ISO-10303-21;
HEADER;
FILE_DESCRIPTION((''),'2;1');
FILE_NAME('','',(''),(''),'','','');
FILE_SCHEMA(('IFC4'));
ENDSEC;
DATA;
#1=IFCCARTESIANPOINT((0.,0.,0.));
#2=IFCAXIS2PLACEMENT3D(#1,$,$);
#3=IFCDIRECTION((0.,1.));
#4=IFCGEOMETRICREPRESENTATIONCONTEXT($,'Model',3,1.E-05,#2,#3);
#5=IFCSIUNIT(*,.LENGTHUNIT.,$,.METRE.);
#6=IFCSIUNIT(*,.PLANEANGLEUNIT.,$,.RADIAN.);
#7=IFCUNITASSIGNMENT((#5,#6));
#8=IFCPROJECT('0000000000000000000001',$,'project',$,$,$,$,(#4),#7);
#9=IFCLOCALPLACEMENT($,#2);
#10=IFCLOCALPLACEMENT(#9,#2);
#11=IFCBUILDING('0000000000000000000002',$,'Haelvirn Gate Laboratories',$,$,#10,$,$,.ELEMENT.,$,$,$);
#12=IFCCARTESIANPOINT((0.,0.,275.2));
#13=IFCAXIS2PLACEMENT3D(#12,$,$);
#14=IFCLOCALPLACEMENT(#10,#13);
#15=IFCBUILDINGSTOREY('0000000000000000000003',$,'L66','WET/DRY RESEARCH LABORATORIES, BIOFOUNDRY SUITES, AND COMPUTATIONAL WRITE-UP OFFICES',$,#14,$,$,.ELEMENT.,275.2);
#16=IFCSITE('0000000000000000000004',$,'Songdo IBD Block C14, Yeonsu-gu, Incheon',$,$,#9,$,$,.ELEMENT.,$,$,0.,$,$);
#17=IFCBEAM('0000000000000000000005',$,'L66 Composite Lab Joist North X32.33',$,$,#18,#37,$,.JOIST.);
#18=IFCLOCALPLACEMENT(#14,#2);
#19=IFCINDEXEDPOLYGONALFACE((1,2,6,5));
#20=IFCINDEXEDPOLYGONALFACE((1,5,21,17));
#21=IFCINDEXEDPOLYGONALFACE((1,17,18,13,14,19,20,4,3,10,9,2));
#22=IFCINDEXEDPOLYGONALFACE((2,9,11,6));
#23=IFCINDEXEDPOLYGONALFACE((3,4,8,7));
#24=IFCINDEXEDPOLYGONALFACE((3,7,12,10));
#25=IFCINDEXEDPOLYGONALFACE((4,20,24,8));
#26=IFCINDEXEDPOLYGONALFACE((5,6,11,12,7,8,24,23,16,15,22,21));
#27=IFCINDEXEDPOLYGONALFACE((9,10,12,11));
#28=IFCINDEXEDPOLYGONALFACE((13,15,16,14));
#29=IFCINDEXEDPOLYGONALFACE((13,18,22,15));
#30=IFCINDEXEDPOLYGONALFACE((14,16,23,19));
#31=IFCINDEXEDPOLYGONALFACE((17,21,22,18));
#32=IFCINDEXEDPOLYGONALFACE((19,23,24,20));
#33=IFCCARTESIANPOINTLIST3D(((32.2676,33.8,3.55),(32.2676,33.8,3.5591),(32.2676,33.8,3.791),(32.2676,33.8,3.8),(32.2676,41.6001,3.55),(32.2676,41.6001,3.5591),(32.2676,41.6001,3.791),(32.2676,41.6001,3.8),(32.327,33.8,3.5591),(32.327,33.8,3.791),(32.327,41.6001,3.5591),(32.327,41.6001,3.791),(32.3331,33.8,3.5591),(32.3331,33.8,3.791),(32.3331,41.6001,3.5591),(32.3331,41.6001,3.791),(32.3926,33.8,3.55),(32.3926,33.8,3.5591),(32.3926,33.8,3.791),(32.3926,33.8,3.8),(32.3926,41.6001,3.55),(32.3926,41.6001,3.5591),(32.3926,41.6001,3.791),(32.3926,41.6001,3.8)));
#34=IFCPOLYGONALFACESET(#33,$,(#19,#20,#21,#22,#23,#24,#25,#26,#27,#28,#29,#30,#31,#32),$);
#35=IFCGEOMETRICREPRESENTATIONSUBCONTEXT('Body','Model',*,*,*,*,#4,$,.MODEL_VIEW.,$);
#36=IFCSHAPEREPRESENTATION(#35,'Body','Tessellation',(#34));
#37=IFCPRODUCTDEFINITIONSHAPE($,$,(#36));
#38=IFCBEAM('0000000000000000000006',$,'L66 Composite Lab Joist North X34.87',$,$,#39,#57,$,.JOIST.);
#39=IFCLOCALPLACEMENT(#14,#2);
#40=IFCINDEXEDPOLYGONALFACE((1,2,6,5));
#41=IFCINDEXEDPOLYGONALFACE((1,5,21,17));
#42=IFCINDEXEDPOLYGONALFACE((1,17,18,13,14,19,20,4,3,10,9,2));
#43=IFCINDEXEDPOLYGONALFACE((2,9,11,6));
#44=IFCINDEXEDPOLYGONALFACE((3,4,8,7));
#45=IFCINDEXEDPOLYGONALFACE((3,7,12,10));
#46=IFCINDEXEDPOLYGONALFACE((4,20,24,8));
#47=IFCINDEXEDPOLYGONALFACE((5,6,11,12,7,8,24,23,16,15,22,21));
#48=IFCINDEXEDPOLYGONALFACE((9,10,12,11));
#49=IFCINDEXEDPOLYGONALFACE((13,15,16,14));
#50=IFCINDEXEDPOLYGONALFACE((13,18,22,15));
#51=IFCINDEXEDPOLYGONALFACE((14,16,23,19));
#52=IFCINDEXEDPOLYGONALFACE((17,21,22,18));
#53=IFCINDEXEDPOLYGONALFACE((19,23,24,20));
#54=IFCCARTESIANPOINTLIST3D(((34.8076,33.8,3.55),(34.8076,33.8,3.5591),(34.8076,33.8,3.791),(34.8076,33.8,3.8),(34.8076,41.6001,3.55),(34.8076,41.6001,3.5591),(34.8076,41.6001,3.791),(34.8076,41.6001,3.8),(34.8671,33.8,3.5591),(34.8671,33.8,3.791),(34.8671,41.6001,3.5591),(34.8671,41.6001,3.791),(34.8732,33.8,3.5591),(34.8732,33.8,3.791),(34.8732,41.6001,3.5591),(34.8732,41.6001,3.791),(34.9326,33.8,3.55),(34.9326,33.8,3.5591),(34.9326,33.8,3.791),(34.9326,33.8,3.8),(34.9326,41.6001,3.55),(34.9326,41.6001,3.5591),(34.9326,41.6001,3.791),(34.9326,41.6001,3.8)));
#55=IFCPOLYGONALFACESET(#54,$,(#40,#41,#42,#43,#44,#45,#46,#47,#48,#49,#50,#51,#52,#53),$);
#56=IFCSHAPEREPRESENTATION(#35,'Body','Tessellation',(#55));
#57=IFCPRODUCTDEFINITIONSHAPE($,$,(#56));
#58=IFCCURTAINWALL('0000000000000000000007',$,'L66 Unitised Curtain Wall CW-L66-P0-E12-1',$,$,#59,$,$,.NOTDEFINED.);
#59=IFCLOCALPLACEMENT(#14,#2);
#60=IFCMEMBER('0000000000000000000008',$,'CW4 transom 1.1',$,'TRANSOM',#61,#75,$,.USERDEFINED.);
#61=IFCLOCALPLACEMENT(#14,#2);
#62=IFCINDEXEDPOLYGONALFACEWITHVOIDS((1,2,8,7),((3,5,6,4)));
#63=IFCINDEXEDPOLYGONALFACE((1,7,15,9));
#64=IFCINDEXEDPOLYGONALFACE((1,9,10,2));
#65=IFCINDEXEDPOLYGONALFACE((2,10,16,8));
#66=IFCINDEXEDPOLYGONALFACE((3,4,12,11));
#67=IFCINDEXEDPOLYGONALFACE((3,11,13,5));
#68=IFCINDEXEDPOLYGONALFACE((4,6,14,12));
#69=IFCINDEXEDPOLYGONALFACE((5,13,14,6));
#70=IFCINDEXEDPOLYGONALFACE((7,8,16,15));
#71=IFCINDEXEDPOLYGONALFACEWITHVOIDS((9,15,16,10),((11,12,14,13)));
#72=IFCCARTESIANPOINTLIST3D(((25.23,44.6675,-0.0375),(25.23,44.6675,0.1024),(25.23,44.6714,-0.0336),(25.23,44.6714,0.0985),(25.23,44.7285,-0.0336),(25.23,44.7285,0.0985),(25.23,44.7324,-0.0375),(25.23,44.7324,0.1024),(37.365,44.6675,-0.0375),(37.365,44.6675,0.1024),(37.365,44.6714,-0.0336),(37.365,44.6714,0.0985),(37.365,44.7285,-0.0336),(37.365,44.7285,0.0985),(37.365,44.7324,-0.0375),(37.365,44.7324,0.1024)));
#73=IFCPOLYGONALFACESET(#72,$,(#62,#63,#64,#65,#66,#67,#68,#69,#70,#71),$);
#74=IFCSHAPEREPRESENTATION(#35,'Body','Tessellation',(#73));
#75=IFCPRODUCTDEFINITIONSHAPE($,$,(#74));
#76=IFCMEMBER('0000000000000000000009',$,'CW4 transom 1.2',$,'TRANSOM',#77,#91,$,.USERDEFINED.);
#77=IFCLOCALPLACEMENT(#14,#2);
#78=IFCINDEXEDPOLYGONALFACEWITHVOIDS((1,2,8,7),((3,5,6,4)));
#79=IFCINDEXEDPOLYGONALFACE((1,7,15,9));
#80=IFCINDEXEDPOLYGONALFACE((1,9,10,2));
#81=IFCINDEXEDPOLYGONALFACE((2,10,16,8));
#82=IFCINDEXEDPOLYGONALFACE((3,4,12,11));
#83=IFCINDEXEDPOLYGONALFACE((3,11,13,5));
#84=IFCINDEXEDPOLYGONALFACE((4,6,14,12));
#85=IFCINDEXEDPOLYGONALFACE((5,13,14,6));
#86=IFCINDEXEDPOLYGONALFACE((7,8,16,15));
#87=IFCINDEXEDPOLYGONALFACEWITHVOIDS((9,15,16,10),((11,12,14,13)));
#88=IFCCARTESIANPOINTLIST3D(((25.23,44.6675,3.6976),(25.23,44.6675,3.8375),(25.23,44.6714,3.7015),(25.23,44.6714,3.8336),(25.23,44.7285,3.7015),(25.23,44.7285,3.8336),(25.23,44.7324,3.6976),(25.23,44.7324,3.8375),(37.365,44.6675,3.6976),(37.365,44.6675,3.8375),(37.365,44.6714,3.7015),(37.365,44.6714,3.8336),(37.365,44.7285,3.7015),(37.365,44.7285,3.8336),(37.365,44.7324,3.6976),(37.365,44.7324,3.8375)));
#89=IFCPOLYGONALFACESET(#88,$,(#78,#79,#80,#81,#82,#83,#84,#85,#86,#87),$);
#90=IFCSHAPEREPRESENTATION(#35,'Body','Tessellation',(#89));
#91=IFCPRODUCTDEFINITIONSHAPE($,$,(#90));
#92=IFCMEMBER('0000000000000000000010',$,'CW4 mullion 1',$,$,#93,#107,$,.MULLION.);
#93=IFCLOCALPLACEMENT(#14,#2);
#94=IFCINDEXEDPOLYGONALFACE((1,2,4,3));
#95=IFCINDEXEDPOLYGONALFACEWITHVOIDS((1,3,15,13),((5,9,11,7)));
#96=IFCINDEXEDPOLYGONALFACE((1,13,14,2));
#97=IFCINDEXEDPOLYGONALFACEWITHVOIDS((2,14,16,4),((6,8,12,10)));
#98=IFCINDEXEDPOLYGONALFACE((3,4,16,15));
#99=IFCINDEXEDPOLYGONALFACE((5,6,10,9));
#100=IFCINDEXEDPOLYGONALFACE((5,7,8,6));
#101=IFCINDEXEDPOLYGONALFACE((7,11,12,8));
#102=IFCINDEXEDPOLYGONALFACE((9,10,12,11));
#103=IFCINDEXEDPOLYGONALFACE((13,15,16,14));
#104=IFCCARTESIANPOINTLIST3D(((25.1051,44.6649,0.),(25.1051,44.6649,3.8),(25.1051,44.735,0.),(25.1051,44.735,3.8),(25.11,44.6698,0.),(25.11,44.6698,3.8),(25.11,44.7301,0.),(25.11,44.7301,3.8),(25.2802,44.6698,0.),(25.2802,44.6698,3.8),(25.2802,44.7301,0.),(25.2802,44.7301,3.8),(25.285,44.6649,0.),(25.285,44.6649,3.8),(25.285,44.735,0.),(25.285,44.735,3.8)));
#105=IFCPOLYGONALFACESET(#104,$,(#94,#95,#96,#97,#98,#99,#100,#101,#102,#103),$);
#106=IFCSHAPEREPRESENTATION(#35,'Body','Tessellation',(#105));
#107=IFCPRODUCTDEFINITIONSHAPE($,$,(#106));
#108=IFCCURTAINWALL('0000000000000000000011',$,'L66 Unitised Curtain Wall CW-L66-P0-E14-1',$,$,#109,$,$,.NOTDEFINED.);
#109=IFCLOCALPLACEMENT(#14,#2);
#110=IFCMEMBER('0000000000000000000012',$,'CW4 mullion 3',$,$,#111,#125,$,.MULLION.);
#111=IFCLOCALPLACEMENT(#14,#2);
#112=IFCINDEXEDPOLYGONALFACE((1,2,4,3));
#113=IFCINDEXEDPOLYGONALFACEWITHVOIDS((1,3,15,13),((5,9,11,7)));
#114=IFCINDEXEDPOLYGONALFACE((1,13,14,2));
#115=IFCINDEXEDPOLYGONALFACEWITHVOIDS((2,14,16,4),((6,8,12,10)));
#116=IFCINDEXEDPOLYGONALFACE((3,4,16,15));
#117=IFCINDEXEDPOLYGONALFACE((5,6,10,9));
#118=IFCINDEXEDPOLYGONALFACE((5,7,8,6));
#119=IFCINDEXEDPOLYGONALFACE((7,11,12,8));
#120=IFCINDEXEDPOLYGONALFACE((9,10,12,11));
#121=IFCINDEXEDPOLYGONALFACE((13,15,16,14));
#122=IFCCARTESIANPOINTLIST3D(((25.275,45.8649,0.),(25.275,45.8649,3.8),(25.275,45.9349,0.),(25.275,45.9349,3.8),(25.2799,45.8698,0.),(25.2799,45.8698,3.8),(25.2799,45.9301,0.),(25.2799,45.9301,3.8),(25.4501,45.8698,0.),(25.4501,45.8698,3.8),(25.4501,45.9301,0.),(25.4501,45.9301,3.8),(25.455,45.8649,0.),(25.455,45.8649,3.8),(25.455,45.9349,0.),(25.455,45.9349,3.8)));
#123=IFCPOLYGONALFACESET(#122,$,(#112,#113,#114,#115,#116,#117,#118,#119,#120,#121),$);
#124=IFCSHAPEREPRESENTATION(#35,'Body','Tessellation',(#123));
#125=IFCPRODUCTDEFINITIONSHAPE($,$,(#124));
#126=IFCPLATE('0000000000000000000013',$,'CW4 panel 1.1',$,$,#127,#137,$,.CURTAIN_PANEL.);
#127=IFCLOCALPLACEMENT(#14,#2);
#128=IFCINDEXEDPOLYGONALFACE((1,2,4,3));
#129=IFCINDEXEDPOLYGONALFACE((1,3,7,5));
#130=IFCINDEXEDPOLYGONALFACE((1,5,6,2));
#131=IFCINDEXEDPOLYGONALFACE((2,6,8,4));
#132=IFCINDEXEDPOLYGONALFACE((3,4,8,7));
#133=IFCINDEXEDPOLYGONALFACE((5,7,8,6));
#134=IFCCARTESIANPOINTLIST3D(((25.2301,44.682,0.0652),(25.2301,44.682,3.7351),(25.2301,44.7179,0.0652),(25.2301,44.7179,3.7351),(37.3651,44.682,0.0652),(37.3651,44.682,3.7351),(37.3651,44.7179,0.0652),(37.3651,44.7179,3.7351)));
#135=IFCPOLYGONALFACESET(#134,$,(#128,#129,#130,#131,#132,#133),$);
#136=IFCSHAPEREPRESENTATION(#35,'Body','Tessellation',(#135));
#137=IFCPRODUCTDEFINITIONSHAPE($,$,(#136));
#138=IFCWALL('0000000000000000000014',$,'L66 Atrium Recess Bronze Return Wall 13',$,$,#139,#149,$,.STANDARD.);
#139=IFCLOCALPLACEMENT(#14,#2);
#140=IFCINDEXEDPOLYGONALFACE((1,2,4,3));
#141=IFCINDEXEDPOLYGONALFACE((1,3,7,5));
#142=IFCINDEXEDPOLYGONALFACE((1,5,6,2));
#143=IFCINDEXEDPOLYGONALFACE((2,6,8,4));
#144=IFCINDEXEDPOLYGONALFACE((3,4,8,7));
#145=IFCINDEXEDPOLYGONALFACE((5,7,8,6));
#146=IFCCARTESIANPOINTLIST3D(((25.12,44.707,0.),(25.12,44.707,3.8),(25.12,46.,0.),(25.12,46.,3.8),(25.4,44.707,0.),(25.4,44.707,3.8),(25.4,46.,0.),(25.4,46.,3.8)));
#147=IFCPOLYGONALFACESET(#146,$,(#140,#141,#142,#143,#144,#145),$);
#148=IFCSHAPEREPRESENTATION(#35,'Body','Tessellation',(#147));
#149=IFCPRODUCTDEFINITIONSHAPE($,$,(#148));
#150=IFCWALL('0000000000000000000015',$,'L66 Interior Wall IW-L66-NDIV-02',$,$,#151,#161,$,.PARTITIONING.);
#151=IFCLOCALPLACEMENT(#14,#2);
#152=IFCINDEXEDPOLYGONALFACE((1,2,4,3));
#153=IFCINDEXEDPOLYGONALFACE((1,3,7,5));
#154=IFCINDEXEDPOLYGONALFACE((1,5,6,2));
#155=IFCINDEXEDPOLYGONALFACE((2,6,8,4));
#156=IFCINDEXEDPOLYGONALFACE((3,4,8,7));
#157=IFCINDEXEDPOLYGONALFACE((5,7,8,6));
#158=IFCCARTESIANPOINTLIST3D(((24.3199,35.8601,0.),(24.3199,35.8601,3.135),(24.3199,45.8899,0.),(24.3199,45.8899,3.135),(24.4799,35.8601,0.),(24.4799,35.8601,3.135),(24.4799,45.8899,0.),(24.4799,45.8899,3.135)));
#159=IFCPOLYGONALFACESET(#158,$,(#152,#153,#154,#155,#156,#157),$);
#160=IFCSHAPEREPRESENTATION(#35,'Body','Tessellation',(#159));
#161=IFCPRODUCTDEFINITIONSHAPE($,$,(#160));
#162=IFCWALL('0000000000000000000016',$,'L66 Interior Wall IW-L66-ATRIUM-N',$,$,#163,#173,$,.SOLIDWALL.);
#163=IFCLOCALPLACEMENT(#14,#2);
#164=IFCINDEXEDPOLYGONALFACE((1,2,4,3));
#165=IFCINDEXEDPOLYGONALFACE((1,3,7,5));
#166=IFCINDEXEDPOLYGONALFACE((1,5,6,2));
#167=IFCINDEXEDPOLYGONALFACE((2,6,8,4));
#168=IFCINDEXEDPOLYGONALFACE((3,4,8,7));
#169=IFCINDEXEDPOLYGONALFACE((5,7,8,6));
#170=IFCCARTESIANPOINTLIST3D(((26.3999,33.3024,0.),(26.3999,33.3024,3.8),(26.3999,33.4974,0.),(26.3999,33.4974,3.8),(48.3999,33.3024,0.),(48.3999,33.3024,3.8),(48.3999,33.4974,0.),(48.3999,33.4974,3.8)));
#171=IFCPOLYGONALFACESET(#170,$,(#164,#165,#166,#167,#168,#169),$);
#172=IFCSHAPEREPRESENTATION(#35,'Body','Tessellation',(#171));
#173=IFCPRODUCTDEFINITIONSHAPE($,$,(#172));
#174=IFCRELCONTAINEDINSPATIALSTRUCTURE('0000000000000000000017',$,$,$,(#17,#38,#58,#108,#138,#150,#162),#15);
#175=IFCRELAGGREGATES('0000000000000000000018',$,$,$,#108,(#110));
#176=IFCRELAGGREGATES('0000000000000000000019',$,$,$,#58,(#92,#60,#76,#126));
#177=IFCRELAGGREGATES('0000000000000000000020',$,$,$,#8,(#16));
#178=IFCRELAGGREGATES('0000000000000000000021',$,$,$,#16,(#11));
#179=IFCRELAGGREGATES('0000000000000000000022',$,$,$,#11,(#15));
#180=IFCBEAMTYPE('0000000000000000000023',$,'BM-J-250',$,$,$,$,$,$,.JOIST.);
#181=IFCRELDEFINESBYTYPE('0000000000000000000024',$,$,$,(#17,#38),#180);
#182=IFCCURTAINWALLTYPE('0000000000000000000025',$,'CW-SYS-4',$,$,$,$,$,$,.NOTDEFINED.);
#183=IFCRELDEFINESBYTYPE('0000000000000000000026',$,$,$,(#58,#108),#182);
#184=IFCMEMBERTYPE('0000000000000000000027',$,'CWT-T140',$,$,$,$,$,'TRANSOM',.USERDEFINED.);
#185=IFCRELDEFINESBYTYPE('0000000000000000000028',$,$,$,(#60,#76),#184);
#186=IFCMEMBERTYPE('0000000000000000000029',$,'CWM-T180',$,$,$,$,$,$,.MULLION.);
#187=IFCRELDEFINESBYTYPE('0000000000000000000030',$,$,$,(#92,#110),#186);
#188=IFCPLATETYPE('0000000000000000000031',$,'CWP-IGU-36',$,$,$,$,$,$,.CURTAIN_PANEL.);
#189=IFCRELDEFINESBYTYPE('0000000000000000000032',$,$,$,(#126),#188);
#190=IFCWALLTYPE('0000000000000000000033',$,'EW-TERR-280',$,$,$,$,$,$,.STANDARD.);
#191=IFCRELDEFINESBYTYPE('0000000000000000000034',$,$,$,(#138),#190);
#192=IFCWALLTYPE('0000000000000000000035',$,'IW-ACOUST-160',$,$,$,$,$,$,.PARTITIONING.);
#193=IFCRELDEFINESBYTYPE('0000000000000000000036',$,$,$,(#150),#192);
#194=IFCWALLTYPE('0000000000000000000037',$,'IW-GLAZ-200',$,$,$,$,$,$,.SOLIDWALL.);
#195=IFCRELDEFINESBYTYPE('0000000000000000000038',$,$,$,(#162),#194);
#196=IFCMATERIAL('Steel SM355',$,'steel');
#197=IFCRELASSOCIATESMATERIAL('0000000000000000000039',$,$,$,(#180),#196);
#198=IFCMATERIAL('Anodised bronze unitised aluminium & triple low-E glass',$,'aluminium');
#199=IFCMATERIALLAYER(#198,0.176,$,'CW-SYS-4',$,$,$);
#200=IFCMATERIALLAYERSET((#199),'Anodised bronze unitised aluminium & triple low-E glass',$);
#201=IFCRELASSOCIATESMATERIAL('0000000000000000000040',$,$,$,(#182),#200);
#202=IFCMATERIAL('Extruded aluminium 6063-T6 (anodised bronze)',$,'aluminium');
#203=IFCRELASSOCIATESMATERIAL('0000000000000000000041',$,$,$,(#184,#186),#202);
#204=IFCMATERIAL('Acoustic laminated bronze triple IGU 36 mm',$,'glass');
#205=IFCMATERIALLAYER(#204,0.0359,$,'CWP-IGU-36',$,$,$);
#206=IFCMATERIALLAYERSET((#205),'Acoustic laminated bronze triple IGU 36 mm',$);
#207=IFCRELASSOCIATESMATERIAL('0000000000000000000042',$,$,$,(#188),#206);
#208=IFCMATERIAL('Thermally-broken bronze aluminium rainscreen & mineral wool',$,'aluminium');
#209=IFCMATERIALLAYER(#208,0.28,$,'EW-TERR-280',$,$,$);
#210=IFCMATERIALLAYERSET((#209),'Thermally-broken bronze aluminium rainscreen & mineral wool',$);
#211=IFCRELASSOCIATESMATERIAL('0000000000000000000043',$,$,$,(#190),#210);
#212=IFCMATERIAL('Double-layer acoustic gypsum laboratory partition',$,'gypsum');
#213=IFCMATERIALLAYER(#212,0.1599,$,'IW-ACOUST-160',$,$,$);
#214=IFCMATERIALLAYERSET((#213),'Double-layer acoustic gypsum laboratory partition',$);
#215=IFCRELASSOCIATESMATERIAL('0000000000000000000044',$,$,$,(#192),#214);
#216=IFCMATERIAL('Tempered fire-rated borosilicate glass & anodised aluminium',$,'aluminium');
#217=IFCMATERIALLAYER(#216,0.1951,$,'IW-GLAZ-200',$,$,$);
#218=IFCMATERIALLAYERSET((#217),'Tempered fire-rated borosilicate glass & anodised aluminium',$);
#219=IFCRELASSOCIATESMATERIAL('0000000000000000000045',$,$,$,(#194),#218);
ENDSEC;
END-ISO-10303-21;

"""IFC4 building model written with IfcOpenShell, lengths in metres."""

from ifc_helpers import new_model, si_unit, direction, frame, frame_2d, origin, origin_2d, place, context, subcontext, project, spatial, rectangle, hollow_rectangle, i_section, extrude, source, transform, mapped, material, layer, layer_set, material_profile, profile_set, type_object, type_shapes, element, aggregate, save


model = new_model("IFC4")

# Units and contexts
model_context = context("Model", 3, precision=1e-05, world=origin(), true_north=direction((0.0, 1.0)))
body_context = subcontext(model_context, "Body", "Model", "MODEL_VIEW")
ifc_project = project(units=[si_unit("LENGTHUNIT", "METRE"), si_unit("PLANEANGLEUNIT", "RADIAN")], contexts=[model_context])

# Site, building, storey
site_placement = place(None, origin())
site = spatial("IfcSite", under=ifc_project, at=site_placement, Name="Songdo IBD Block C14, Yeonsu-gu, Incheon", CompositionType="ELEMENT", RefElevation=0.0)
building_placement = place(site_placement, origin())
building = spatial("IfcBuilding", under=site, at=building_placement, Name="Haelvirn Gate Laboratories", CompositionType="ELEMENT")
storey_placement = place(building_placement, frame((0.0, 0.0, 275.2)))
storey = spatial("IfcBuildingStorey", under=building, at=storey_placement, Name="L66", Description="WET/DRY RESEARCH LABORATORIES, BIOFOUNDRY SUITES, AND COMPUTATIONAL WRITE-UP OFFICES", CompositionType="ELEMENT", Elevation=275.2)

# Shared definitions
ifc_material_1 = material(Name="Steel SM355", Category="steel")

# Beams
ifc_material_profile_1 = material_profile(ifc_material_1, i_section(OverallWidth=0.125, OverallDepth=0.25, WebThickness=0.0061, FlangeThickness=0.009, at=origin_2d()), Name="H-250x125x6x9")
ifc_profile_set_1 = profile_set([ifc_material_profile_1], Name="Steel SM355")
beam_type_1 = type_object("IfcBeamType", Name="BM-J-250", PredefinedType="JOIST", material=ifc_profile_set_1)
shared_shape_1 = source(origin(), body_context, "Body", "SweptSolid", [
    extrude(i_section(OverallWidth=0.125, OverallDepth=0.25, WebThickness=0.0061, FlangeThickness=0.009, at=origin_2d()), origin(), (0.0, 0.0, 1.0), 7.8),
])
type_shapes(beam_type_1, [shared_shape_1])
for number, where, z_axis, x_axis, name in (
    (1, (32.3301, 33.8, 3.675), (0.0, 1.0, 0.0), (-1.0, 0.0, 0.0), "L66 Composite Lab Joist North X32.33"),
    (2, (34.8701, 33.8, 3.675), (0.0, 1.0, 0.0), (-1.0, 0.0, 0.0), "L66 Composite Lab Joist North X34.87"),
):
    element("IfcBeam", number, at=place(storey_placement, frame(where, z_axis=z_axis, x_axis=x_axis)), inside=storey, type_object=beam_type_1, Name=name, PredefinedType="JOIST", context=body_context, shape_type="MappedRepresentation", body=[
        mapped(shared_shape_1, transform((0.0, 0.0, 0.0), scale=1.0)),
    ])

# Curtain wall, members
ifc_material_2 = material(Name="Anodised bronze unitised aluminium & triple low-E glass", Category="aluminium")
ifc_layer_1 = layer(ifc_material_2, 0.176, Name="CW-SYS-4")
ifc_layer_set_1 = layer_set([ifc_layer_1], Name="Anodised bronze unitised aluminium & triple low-E glass")
curtain_wall_type = type_object("IfcCurtainWallType", Name="CW-SYS-4", PredefinedType="NOTDEFINED", material=ifc_layer_set_1)
curtain_wall_1_placement = place(storey_placement, origin())
curtain_wall_1 = element("IfcCurtainWall", 3, at=curtain_wall_1_placement, inside=storey, type_object=curtain_wall_type, Name="L66 Unitised Curtain Wall CW-L66-P0-E12-1", PredefinedType="NOTDEFINED")
ifc_material_3 = material(Name="Extruded aluminium 6063-T6 (anodised bronze)", Category="aluminium")
ifc_material_profile_2 = material_profile(ifc_material_3, hollow_rectangle(XDim=0.0649, YDim=0.1399, WallThickness=0.0039, at=origin_2d()), Name="CWT-140x65x4")
ifc_profile_set_2 = profile_set([ifc_material_profile_2], Name="Extruded aluminium 6063-T6 (anodised bronze)")
member_type_1 = type_object("IfcMemberType", Name="CWT-T140", ElementType="TRANSOM", PredefinedType="USERDEFINED", material=ifc_profile_set_2)
shared_shape_2 = source(origin(), body_context, "Body", "SweptSolid", [
    extrude(hollow_rectangle(XDim=0.0649, YDim=0.1399, WallThickness=0.0039, at=origin_2d()), origin(), (0.0, 0.0, 1.0), 12.135),
])
type_shapes(member_type_1, [shared_shape_2])
member_1_placement = place(storey_placement, frame((25.23, 44.7, 0.0325), z_axis=(1.0, 0.0, 0.0), x_axis=(0.0, 1.0, 0.0)))
member_1 = element("IfcMember", 4, at=member_1_placement, type_object=member_type_1, Name="CW4 transom 1.1", ObjectType="TRANSOM", PredefinedType="USERDEFINED", context=body_context, shape_type="MappedRepresentation", body=[
    mapped(shared_shape_2, transform((0.0, 0.0, 0.0), scale=1.0)),
])
member_2_placement = place(storey_placement, frame((25.23, 44.7, 3.7676), z_axis=(1.0, 0.0, 0.0), x_axis=(0.0, 1.0, 0.0)))
member_2 = element("IfcMember", 5, at=member_2_placement, type_object=member_type_1, Name="CW4 transom 1.2", ObjectType="TRANSOM", PredefinedType="USERDEFINED", context=body_context, shape_type="MappedRepresentation", body=[
    mapped(shared_shape_2, transform((0.0, 0.0, 0.0), scale=1.0)),
])
ifc_material_profile_3 = material_profile(ifc_material_3, hollow_rectangle(XDim=0.0701, YDim=0.1799, WallThickness=0.0049, at=origin_2d()), Name="CWM-180x70x5")
ifc_profile_set_3 = profile_set([ifc_material_profile_3], Name="Extruded aluminium 6063-T6 (anodised bronze)")
member_type_2 = type_object("IfcMemberType", Name="CWM-T180", PredefinedType="MULLION", material=ifc_profile_set_3)
shared_shape_3 = source(origin(), body_context, "Body", "SweptSolid", [
    extrude(hollow_rectangle(XDim=0.0701, YDim=0.1799, WallThickness=0.0049, at=origin_2d()), origin(), (0.0, 0.0, 1.0), 3.8),
])
type_shapes(member_type_2, [shared_shape_3])
member_3_placement = place(storey_placement, frame((25.1951, 44.7, 0.0), z_axis=(0.0, 0.0, 1.0), x_axis=(0.0, 1.0, 0.0)))
member_3 = element("IfcMember", 6, at=member_3_placement, type_object=member_type_2, Name="CW4 mullion 1", PredefinedType="MULLION", context=body_context, shape_type="MappedRepresentation", body=[
    mapped(shared_shape_3, transform((0.0, 0.0, 0.0), scale=1.0)),
])

# Curtain wall, member
curtain_wall_2_placement = place(storey_placement, origin())
curtain_wall_2 = element("IfcCurtainWall", 7, at=curtain_wall_2_placement, inside=storey, type_object=curtain_wall_type, Name="L66 Unitised Curtain Wall CW-L66-P0-E14-1", PredefinedType="NOTDEFINED")
member_4_placement = place(storey_placement, frame((25.365, 45.8999, 0.0), z_axis=(0.0, 0.0, 1.0), x_axis=(0.0, 1.0, 0.0)))
member_4 = element("IfcMember", 8, at=member_4_placement, type_object=member_type_2, Name="CW4 mullion 3", PredefinedType="MULLION", context=body_context, shape_type="MappedRepresentation", body=[
    mapped(shared_shape_3, transform((0.0, 0.0, 0.0), scale=1.0)),
])
aggregate(curtain_wall_2, [member_4])

# Plate
ifc_material_4 = material(Name="Acoustic laminated bronze triple IGU 36 mm", Category="glass")
ifc_layer_2 = layer(ifc_material_4, 0.0359, Name="CWP-IGU-36")
ifc_layer_set_2 = layer_set([ifc_layer_2], Name="Acoustic laminated bronze triple IGU 36 mm")
plate_type = type_object("IfcPlateType", Name="CWP-IGU-36", PredefinedType="CURTAIN_PANEL", material=ifc_layer_set_2)
shared_shape_4 = source(origin(), body_context, "Body", "SweptSolid", [
    extrude(rectangle(XDim=12.135, YDim=0.0359, at=origin_2d()), origin(), (0.0, 0.0, 1.0), 3.6699),
])
type_shapes(plate_type, [shared_shape_4])
plate_placement = place(storey_placement, frame((31.2976, 44.7, 0.0652), z_axis=(0.0, 0.0, 1.0), x_axis=(1.0, 0.0, 0.0)))
plate = element("IfcPlate", 9, at=plate_placement, type_object=plate_type, Name="CW4 panel 1.1", PredefinedType="CURTAIN_PANEL", context=body_context, shape_type="MappedRepresentation", body=[
    mapped(shared_shape_4, transform((0.0, 0.0, 0.0), scale=1.0)),
])
aggregate(curtain_wall_1, [member_3, member_1, member_2, plate])

# Walls
ifc_material_5 = material(Name="Thermally-broken bronze aluminium rainscreen & mineral wool", Category="aluminium")
ifc_layer_3 = layer(ifc_material_5, 0.28, Name="EW-TERR-280")
ifc_layer_set_3 = layer_set([ifc_layer_3], Name="Thermally-broken bronze aluminium rainscreen & mineral wool")
wall_type_1 = type_object("IfcWallType", Name="EW-TERR-280", PredefinedType="STANDARD", material=ifc_layer_set_3)
wall_1_placement = place(storey_placement, frame((25.26, 44.707, 0.0), z_axis=(0.0, 0.0, 1.0), x_axis=(0.0, 1.0, 0.0)))
element("IfcWall", 10, at=wall_1_placement, inside=storey, type_object=wall_type_1, Name="L66 Atrium Recess Bronze Return Wall 13", PredefinedType="STANDARD", context=body_context, shape_type="SweptSolid", body=[
    extrude(rectangle(XDim=1.293, YDim=0.28, at=frame_2d((0.6465, 0.0))), origin(), (0.0, 0.0, 1.0), 3.8),
])
ifc_material_6 = material(Name="Double-layer acoustic gypsum laboratory partition", Category="gypsum")
ifc_layer_4 = layer(ifc_material_6, 0.1599, Name="IW-ACOUST-160")
ifc_layer_set_4 = layer_set([ifc_layer_4], Name="Double-layer acoustic gypsum laboratory partition")
wall_type_2 = type_object("IfcWallType", Name="IW-ACOUST-160", PredefinedType="PARTITIONING", material=ifc_layer_set_4)
wall_2_placement = place(storey_placement, frame((24.3999, 35.8601, 0.0), z_axis=(0.0, 0.0, 1.0), x_axis=(0.0, 1.0, 0.0)))
element("IfcWall", 11, at=wall_2_placement, inside=storey, type_object=wall_type_2, Name="L66 Interior Wall IW-L66-NDIV-02", PredefinedType="PARTITIONING", context=body_context, shape_type="SweptSolid", body=[
    extrude(rectangle(XDim=10.0298, YDim=0.1599, at=frame_2d((5.0149, 0.0))), origin(), (0.0, 0.0, 1.0), 3.135),
])
ifc_material_7 = material(Name="Tempered fire-rated borosilicate glass & anodised aluminium", Category="aluminium")
ifc_layer_5 = layer(ifc_material_7, 0.1951, Name="IW-GLAZ-200")
ifc_layer_set_5 = layer_set([ifc_layer_5], Name="Tempered fire-rated borosilicate glass & anodised aluminium")
wall_type_3 = type_object("IfcWallType", Name="IW-GLAZ-200", PredefinedType="SOLIDWALL", material=ifc_layer_set_5)
wall_3_placement = place(storey_placement, frame((26.3999, 33.3999, 0.0), z_axis=(0.0, 0.0, 1.0), x_axis=(1.0, 0.0, 0.0)))
element("IfcWall", 12, at=wall_3_placement, inside=storey, type_object=wall_type_3, Name="L66 Interior Wall IW-L66-ATRIUM-N", PredefinedType="SOLIDWALL", context=body_context, shape_type="SweptSolid", body=[
    extrude(rectangle(XDim=22.0, YDim=0.1951, at=frame_2d((11.0, 0.0))), origin(), (0.0, 0.0, 1.0), 3.8),
])

save(model, "model.ifc")
